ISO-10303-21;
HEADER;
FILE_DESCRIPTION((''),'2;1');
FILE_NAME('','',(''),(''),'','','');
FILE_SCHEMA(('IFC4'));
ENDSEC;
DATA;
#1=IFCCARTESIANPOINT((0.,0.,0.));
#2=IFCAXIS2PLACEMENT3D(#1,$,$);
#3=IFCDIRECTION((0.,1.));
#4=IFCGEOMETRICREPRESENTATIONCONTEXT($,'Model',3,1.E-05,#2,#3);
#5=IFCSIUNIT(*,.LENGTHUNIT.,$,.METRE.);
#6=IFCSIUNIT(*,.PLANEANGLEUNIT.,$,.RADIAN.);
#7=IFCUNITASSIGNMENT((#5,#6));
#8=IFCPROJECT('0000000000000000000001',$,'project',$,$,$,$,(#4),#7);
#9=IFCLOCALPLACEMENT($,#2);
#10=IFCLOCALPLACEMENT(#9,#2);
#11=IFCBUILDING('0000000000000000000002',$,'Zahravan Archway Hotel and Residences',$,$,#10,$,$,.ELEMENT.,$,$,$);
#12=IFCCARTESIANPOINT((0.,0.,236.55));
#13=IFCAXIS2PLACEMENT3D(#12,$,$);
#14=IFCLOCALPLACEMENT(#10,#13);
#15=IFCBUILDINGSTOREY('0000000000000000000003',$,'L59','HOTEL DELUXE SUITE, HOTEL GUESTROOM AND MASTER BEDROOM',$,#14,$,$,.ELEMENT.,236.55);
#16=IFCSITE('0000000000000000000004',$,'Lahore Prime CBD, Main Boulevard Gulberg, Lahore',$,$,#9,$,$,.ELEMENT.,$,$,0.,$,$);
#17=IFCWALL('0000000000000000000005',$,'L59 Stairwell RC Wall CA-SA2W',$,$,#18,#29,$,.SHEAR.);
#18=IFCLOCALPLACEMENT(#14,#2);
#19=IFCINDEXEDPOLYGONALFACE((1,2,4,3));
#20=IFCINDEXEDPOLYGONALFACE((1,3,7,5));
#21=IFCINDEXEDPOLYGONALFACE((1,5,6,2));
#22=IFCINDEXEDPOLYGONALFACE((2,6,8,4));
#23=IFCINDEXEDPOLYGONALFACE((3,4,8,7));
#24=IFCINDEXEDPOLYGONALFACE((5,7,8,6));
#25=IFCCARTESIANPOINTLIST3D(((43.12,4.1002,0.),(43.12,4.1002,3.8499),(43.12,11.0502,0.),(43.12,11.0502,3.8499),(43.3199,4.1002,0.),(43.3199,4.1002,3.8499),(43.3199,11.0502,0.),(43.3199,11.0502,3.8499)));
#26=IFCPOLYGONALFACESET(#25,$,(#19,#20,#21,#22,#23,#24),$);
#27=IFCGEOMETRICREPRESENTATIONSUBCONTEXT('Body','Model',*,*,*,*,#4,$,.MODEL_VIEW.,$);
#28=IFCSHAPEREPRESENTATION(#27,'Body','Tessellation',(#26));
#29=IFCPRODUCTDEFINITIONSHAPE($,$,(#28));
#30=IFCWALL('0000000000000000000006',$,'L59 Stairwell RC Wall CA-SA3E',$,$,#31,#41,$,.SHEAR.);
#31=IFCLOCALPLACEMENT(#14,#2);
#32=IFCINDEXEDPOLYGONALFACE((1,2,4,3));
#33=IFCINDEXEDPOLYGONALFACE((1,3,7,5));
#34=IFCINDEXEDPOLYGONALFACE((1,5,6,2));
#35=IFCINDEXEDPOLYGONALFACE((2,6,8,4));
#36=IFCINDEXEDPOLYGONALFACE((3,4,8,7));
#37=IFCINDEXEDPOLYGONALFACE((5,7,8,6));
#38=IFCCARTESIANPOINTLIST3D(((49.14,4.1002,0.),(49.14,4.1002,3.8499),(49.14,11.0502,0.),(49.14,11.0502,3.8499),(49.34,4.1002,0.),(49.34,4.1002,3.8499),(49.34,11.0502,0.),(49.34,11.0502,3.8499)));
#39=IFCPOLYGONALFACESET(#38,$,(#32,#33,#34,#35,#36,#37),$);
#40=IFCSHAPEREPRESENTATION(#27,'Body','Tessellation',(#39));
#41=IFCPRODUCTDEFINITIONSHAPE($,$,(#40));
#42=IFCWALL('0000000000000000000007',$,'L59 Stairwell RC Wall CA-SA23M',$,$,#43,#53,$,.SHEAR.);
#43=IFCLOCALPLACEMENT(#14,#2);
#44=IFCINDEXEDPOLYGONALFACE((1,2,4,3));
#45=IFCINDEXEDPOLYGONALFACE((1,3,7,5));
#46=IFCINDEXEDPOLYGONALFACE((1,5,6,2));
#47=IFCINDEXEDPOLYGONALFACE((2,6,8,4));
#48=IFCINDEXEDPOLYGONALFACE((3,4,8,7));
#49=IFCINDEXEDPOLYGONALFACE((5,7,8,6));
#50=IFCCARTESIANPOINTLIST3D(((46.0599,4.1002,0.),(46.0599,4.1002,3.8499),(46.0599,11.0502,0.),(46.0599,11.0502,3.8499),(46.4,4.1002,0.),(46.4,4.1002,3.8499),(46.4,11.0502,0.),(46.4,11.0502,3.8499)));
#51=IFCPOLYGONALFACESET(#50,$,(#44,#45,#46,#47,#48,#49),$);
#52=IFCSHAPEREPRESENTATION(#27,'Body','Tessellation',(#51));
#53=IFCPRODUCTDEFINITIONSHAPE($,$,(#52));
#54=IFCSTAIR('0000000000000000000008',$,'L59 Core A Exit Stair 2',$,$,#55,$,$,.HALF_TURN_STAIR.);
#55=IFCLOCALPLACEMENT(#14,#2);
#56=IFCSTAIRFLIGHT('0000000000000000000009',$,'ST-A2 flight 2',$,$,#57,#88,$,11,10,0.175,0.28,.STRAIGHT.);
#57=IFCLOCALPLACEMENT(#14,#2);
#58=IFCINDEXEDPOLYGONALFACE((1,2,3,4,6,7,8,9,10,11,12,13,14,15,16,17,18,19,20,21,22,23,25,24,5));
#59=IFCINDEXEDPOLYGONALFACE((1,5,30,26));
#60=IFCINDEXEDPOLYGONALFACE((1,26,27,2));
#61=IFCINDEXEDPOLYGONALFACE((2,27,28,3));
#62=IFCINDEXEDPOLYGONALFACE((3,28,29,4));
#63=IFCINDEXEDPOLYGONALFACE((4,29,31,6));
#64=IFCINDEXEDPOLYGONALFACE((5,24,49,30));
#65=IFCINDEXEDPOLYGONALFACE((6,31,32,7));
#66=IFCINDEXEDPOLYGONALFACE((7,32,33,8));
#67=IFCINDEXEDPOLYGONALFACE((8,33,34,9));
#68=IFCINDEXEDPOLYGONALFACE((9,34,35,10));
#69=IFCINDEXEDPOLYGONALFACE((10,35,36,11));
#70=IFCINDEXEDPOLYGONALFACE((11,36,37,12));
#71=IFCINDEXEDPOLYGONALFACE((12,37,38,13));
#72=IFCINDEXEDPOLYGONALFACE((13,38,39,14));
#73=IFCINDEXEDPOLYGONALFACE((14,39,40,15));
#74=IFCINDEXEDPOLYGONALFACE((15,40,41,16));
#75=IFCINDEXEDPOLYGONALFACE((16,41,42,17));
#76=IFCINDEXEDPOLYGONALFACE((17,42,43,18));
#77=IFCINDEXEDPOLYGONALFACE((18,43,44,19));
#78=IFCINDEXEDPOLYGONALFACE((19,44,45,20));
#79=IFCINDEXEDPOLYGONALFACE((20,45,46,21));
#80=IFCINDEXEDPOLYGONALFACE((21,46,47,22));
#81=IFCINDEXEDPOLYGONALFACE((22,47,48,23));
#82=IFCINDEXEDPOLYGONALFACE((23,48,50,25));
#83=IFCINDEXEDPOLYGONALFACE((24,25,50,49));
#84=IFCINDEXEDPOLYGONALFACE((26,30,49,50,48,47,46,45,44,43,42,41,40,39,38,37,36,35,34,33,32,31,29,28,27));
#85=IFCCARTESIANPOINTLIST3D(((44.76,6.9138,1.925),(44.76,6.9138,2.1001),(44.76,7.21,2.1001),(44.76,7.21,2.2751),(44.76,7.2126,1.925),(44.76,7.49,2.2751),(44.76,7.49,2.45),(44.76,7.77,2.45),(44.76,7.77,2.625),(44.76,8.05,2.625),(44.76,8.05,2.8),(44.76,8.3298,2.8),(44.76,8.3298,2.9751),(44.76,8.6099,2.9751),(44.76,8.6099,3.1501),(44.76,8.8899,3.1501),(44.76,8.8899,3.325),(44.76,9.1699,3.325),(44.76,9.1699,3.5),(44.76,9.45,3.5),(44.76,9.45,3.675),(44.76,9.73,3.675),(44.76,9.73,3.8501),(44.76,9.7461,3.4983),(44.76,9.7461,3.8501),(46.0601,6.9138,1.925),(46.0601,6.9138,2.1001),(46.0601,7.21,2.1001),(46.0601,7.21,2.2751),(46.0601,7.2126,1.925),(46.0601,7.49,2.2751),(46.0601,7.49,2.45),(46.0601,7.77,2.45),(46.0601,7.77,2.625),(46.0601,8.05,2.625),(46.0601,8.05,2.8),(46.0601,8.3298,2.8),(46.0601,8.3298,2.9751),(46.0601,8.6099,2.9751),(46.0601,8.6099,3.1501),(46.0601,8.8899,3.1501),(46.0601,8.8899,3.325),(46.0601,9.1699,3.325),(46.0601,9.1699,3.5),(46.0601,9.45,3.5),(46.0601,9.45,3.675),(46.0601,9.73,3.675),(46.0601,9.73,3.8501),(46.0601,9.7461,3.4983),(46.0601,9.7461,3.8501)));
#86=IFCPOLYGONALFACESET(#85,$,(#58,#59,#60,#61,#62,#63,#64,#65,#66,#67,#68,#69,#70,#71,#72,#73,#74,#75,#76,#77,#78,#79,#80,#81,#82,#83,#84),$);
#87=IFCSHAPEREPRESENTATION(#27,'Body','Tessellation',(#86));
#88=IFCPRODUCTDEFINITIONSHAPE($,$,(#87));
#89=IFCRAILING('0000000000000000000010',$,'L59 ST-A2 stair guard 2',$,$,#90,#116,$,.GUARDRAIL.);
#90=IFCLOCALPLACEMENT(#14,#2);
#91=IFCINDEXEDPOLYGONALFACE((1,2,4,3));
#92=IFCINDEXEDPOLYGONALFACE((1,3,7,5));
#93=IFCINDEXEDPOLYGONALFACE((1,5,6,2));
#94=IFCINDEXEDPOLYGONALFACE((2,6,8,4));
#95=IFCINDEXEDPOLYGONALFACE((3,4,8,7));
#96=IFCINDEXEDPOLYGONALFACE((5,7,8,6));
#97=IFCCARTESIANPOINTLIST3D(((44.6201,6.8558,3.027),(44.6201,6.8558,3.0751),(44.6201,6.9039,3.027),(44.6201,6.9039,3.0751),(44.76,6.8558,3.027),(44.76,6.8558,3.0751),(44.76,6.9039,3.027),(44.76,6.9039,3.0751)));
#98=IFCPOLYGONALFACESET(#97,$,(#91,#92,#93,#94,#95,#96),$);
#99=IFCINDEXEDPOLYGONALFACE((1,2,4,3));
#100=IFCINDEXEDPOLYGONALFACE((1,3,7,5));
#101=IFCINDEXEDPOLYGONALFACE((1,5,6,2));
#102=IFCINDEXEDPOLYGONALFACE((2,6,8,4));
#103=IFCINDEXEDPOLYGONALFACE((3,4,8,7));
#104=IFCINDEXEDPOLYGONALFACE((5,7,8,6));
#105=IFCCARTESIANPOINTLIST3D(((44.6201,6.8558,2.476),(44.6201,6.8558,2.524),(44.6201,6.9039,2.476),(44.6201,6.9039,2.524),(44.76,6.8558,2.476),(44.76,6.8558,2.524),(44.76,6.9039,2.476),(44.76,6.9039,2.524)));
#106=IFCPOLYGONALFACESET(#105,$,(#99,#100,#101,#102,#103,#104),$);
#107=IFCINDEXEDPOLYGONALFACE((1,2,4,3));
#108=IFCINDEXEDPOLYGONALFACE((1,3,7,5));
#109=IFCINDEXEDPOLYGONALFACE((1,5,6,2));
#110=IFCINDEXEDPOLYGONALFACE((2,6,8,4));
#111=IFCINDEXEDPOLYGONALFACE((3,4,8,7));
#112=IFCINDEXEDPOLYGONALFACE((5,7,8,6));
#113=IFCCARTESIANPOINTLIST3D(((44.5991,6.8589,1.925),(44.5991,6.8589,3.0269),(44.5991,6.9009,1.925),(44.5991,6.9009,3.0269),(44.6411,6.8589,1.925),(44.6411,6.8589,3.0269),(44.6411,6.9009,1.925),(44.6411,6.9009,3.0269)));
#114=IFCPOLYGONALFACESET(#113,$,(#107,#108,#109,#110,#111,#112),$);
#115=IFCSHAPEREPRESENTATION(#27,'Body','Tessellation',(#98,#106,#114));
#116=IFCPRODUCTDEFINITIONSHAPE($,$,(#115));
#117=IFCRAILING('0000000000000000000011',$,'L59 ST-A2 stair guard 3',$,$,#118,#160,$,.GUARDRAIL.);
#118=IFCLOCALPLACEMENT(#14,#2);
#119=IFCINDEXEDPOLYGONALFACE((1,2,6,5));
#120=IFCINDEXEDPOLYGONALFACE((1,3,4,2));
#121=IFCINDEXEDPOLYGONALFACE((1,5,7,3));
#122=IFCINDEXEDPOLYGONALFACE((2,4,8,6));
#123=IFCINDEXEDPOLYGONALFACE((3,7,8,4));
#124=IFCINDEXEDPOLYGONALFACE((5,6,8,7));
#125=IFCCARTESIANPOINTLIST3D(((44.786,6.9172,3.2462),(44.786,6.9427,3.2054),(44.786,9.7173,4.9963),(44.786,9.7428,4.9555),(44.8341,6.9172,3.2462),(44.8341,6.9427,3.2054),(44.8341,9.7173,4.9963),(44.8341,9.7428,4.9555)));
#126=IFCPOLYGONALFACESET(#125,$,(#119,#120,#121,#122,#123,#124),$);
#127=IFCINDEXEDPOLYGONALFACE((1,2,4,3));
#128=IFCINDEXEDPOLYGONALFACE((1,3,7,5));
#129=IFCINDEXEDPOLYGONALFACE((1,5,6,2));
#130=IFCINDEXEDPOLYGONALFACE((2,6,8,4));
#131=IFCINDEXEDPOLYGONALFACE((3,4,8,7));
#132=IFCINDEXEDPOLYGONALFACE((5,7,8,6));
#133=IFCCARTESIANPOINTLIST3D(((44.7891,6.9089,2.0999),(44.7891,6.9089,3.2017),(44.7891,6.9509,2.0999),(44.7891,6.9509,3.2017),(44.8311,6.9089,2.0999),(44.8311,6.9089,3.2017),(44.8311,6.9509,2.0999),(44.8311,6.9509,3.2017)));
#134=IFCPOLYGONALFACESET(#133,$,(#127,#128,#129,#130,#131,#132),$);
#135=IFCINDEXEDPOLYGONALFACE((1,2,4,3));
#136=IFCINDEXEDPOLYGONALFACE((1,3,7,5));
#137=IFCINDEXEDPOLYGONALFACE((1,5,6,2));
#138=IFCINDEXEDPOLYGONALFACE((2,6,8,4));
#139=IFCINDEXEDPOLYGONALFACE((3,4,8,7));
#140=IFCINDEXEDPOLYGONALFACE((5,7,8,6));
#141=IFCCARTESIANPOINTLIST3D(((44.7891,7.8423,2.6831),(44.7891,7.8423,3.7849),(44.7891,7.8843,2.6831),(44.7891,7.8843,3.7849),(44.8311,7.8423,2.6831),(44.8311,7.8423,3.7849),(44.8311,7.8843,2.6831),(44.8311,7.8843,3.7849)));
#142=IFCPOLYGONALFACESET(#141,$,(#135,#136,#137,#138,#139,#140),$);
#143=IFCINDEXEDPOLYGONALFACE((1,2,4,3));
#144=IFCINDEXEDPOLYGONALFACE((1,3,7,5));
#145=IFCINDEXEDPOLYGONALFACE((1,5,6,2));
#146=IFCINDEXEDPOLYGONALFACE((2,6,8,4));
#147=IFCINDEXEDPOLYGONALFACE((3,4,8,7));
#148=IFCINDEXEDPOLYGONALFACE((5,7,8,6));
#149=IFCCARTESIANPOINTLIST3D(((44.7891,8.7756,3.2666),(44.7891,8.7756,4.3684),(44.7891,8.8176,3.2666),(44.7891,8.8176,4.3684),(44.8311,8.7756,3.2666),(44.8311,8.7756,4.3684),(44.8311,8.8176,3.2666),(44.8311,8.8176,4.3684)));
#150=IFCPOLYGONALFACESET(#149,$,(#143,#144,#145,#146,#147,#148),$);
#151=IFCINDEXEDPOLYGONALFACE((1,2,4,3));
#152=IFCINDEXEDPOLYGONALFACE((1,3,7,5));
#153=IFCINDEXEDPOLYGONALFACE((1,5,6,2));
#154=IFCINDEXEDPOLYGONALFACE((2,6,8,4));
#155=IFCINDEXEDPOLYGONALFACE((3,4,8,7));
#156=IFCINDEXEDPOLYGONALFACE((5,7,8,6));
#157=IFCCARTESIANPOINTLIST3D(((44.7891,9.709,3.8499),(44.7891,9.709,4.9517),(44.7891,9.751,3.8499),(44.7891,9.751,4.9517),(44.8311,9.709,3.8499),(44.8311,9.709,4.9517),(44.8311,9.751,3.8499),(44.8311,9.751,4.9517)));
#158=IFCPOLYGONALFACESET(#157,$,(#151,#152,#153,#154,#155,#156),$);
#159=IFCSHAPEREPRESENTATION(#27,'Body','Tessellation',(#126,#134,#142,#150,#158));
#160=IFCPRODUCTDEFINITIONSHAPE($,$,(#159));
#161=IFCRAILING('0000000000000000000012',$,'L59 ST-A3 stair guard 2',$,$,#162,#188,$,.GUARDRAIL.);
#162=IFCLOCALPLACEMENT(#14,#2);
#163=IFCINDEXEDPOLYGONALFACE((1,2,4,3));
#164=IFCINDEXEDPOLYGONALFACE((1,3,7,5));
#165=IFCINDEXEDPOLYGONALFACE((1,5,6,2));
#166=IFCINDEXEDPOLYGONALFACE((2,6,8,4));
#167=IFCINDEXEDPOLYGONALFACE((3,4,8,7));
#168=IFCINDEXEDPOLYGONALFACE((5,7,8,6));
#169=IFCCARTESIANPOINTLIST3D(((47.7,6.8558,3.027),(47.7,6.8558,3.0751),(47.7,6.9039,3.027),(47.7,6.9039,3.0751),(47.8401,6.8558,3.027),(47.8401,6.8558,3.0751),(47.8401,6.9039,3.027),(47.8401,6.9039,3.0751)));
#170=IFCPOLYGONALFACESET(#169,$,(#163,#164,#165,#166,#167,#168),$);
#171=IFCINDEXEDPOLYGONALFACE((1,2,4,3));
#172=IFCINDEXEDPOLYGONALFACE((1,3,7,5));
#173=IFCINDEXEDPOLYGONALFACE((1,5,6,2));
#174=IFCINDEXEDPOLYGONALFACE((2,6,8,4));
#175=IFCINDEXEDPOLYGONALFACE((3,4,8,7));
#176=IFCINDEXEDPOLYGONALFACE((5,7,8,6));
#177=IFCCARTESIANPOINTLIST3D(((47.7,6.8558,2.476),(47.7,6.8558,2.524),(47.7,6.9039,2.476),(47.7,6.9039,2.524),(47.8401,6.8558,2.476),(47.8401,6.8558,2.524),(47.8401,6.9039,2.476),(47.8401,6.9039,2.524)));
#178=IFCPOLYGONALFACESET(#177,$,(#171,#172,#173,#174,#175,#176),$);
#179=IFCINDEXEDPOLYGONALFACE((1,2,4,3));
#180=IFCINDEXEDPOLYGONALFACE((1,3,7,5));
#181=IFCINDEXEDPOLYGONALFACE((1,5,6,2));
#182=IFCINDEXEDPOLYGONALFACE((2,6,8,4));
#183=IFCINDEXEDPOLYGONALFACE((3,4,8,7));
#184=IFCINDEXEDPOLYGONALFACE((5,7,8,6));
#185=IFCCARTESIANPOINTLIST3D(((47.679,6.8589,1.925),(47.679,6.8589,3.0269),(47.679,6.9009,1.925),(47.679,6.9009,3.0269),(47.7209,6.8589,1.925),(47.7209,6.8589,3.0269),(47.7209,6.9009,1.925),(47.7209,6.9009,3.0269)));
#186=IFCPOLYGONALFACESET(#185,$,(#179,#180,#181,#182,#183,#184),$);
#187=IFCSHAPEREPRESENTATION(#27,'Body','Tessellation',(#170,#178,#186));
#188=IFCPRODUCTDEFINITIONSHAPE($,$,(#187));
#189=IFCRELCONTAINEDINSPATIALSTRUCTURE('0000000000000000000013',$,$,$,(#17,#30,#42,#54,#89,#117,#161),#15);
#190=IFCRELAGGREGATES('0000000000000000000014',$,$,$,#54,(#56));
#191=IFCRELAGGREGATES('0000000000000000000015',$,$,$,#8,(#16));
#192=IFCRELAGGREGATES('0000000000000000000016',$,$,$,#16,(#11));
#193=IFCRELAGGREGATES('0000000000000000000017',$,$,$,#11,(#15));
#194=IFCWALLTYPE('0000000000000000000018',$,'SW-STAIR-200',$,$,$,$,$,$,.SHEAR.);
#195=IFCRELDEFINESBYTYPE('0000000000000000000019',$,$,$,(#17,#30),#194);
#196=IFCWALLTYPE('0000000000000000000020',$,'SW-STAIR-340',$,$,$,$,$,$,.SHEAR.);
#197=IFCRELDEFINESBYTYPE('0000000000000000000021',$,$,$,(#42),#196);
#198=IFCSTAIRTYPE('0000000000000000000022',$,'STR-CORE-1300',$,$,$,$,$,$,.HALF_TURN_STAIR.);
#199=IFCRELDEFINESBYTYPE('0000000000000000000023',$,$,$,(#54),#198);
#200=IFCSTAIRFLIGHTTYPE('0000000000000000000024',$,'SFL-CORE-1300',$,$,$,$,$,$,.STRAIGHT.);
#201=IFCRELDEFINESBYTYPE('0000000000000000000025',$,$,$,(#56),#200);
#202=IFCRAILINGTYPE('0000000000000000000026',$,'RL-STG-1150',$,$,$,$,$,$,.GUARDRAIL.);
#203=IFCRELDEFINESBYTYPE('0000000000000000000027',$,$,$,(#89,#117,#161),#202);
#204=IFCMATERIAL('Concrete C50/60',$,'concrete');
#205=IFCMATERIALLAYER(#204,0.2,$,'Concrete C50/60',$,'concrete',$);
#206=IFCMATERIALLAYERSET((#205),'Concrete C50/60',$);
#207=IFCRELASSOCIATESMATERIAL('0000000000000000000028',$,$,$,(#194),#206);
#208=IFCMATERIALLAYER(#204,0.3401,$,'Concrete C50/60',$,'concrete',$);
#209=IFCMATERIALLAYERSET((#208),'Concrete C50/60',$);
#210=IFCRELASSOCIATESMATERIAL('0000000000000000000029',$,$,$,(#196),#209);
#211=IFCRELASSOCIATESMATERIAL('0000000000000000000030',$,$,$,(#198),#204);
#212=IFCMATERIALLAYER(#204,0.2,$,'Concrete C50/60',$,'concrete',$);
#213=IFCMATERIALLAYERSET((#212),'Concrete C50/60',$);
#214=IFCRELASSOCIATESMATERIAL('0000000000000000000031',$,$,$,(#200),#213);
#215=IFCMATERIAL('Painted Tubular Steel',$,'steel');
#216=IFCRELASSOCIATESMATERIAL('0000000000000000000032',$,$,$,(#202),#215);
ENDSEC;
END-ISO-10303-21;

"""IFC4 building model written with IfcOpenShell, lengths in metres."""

from ifc_helpers import new_model, si_unit, direction, frame, frame_2d, origin, origin_2d, place, context, subcontext, project, spatial, polyline, rectangle, outline, extrude, source, transform, mapped, material, layer, layer_set, type_object, element, aggregate, save


model = new_model("IFC4")

# Units and contexts
model_context = context("Model", 3, precision=1e-05, world=origin(), true_north=direction((0.0, 1.0)))
body_context = subcontext(model_context, "Body", "Model", "MODEL_VIEW")
ifc_project = project(units=[si_unit("LENGTHUNIT", "METRE"), si_unit("PLANEANGLEUNIT", "RADIAN")], contexts=[model_context])

# Site, building, storey
site_placement = place(None, origin())
site = spatial("IfcSite", under=ifc_project, at=site_placement, Name="Lahore Prime CBD, Main Boulevard Gulberg, Lahore", CompositionType="ELEMENT", RefElevation=0.0)
building_placement = place(site_placement, origin())
building = spatial("IfcBuilding", under=site, at=building_placement, Name="Zahravan Archway Hotel and Residences", CompositionType="ELEMENT")
storey_placement = place(building_placement, frame((0.0, 0.0, 236.55)))
storey = spatial("IfcBuildingStorey", under=building, at=storey_placement, Name="L59", Description="HOTEL DELUXE SUITE, HOTEL GUESTROOM AND MASTER BEDROOM", CompositionType="ELEMENT", Elevation=236.55)

# Shared definitions
ifc_material_1 = material(Name="Concrete C50/60", Category="concrete")

# Walls
ifc_layer_1 = layer(ifc_material_1, 0.2, Name="Concrete C50/60", Category="concrete")
ifc_layer_set_1 = layer_set([ifc_layer_1], Name="Concrete C50/60")
wall_type_1 = type_object("IfcWallType", Name="SW-STAIR-200", PredefinedType="SHEAR", material=ifc_layer_set_1)
for number, where, z_axis, x_axis, name in (
    (1, (43.22, 4.1001, 0.0), (0.0, 0.0, 1.0), (0.0, 1.0, 0.0), "L59 Stairwell RC Wall CA-SA2W"),
    (2, (49.24, 4.1001, 0.0), (0.0, 0.0, 1.0), (0.0, 1.0, 0.0), "L59 Stairwell RC Wall CA-SA3E"),
):
    element("IfcWall", number, at=place(storey_placement, frame(where, z_axis=z_axis, x_axis=x_axis)), inside=storey, type_object=wall_type_1, Name=name, PredefinedType="SHEAR", context=body_context, shape_type="SweptSolid", body=[
        extrude(rectangle(XDim=6.95, YDim=0.2, at=frame_2d((3.4751, 0.0))), origin(), (0.0, 0.0, 1.0), 3.8499),
    ])
ifc_layer_2 = layer(ifc_material_1, 0.3401, Name="Concrete C50/60", Category="concrete")
ifc_layer_set_2 = layer_set([ifc_layer_2], Name="Concrete C50/60")
wall_type_2 = type_object("IfcWallType", Name="SW-STAIR-340", PredefinedType="SHEAR", material=ifc_layer_set_2)
wall_1_placement = place(storey_placement, frame((46.23, 4.1001, 0.0), z_axis=(0.0, 0.0, 1.0), x_axis=(0.0, 1.0, 0.0)))
element("IfcWall", 3, at=wall_1_placement, inside=storey, type_object=wall_type_2, Name="L59 Stairwell RC Wall CA-SA23M", PredefinedType="SHEAR", context=body_context, shape_type="SweptSolid", body=[
    extrude(rectangle(XDim=6.95, YDim=0.3401, at=frame_2d((3.4751, 0.0))), origin(), (0.0, 0.0, 1.0), 3.8499),
])

# Stair, stair flight
stair_type = type_object("IfcStairType", Name="STR-CORE-1300", PredefinedType="HALF_TURN_STAIR", material=ifc_material_1)
stair_placement = place(storey_placement, origin())
stair = element("IfcStair", 4, at=stair_placement, inside=storey, type_object=stair_type, Name="L59 Core A Exit Stair 2", PredefinedType="HALF_TURN_STAIR")
ifc_layer_3 = layer(ifc_material_1, 0.2, Name="Concrete C50/60", Category="concrete")
ifc_layer_set_3 = layer_set([ifc_layer_3], Name="Concrete C50/60")
stair_flight_type = type_object("IfcStairFlightType", Name="SFL-CORE-1300", PredefinedType="STRAIGHT", material=ifc_layer_set_3)
shared_shape_1 = source(origin(), body_context, "Body", "SweptSolid", [
    extrude(outline(polyline([(-0.0161, 0.0), (-0.0161, 0.175), (0.28, 0.175), (0.28, 0.3501), (0.5601, 0.3501), (0.5601, 0.5249), (0.8401, 0.5249), (0.8401, 0.7), (1.1201, 0.7), (1.1201, 0.875), (1.3999, 0.875), (1.3999, 1.05), (1.6799, 1.05), (1.6799, 1.2251), (1.96, 1.2251), (1.96, 1.3999), (2.24, 1.3999), (2.24, 1.575), (2.52, 1.575), (2.52, 1.75), (2.8, 1.75), (2.8, 1.925), (2.8162, 1.925), (2.8162, 1.5732), (0.2827, 0.0), (-0.0161, 0.0)])), frame((0.0, 0.6499, 0.0), z_axis=(0.0, -1.0, 0.0), x_axis=(1.0, 0.0, 0.0)), (0.0, 0.0, 1.0), 1.3),
])
stair_flight_placement = place(storey_placement, frame((45.4099, 6.9299, 1.925), z_axis=(0.0, 0.0, 1.0), x_axis=(0.0, 1.0, 0.0)))
stair_flight = element("IfcStairFlight", 5, at=stair_flight_placement, type_object=stair_flight_type, Name="ST-A2 flight 2", NumberOfRisers=11, NumberOfTreads=10, PredefinedType="STRAIGHT", RiserHeight=0.175, TreadLength=0.28, context=body_context, shape_type="MappedRepresentation", body=[
    mapped(shared_shape_1, transform((0.0, 0.0, 0.0), scale=1.0)),
])
aggregate(stair, [stair_flight])

# Railings
ifc_material_2 = material(Name="Painted Tubular Steel", Category="steel")
railing_type_1 = type_object("IfcRailingType", Name="RL-STG-1150", PredefinedType="GUARDRAIL", material=ifc_material_2)
railing_1_placement = place(storey_placement, frame((44.6201, 6.8799, 1.925)))
element("IfcRailing", 6, at=railing_1_placement, inside=storey, type_object=railing_type_1, Name="L59 ST-A2 stair guard 2", PredefinedType="GUARDRAIL", context=body_context, shape_type="SweptSolid", body=[
    extrude(rectangle(XDim=0.0481, YDim=0.0481, at=origin_2d()), frame((0.0, 0.0, 1.126), z_axis=(1.0, 0.0, 0.0), x_axis=(0.0, 1.0, 0.0)), (0.0, 0.0, 1.0), 0.1399),
    extrude(rectangle(XDim=0.0481, YDim=0.0481, at=origin_2d()), frame((0.0, 0.0, 0.575), z_axis=(1.0, 0.0, 0.0), x_axis=(0.0, 1.0, 0.0)), (0.0, 0.0, 1.0), 0.1399),
    extrude(rectangle(XDim=0.042, YDim=0.042, at=origin_2d()), origin(), (0.0, 0.0, 1.0), 1.1018),
])
railing_2_placement = place(storey_placement, frame((44.8101, 6.9299, 2.0999)))
element("IfcRailing", 7, at=railing_2_placement, inside=storey, type_object=railing_type_1, Name="L59 ST-A2 stair guard 3", PredefinedType="GUARDRAIL", context=body_context, shape_type="SweptSolid", body=[
    extrude(rectangle(XDim=0.0481, YDim=0.0481, at=origin_2d()), frame((0.0, 0.0, 1.126), z_axis=(0.0, 0.848002, 0.529992), x_axis=(-1.0, 0.0, 0.0)), (0.0, 0.0, 1.0), 3.302),
    extrude(rectangle(XDim=0.042, YDim=0.042, at=origin_2d()), origin(), (0.0, 0.0, 1.0), 1.1018),
    extrude(rectangle(XDim=0.042, YDim=0.042, at=origin_2d()), frame((0.0, 0.9333, 0.5833)), (0.0, 0.0, 1.0), 1.1018),
    extrude(rectangle(XDim=0.042, YDim=0.042, at=origin_2d()), frame((0.0, 1.8667, 1.1667)), (0.0, 0.0, 1.0), 1.1018),
    extrude(rectangle(XDim=0.042, YDim=0.042, at=origin_2d()), frame((0.0, 2.8, 1.75)), (0.0, 0.0, 1.0), 1.1018),
])
railing_3_placement = place(storey_placement, frame((47.7, 6.8799, 1.925)))
element("IfcRailing", 8, at=railing_3_placement, inside=storey, type_object=railing_type_1, Name="L59 ST-A3 stair guard 2", PredefinedType="GUARDRAIL", context=body_context, shape_type="SweptSolid", body=[
    extrude(rectangle(XDim=0.0481, YDim=0.0481, at=origin_2d()), frame((0.0, 0.0, 1.126), z_axis=(1.0, 0.0, 0.0), x_axis=(0.0, 1.0, 0.0)), (0.0, 0.0, 1.0), 0.1401),
    extrude(rectangle(XDim=0.0481, YDim=0.0481, at=origin_2d()), frame((0.0, 0.0, 0.575), z_axis=(1.0, 0.0, 0.0), x_axis=(0.0, 1.0, 0.0)), (0.0, 0.0, 1.0), 0.1401),
    extrude(rectangle(XDim=0.042, YDim=0.042, at=origin_2d()), origin(), (0.0, 0.0, 1.0), 1.1018),
])

save(model, "model.ifc")
